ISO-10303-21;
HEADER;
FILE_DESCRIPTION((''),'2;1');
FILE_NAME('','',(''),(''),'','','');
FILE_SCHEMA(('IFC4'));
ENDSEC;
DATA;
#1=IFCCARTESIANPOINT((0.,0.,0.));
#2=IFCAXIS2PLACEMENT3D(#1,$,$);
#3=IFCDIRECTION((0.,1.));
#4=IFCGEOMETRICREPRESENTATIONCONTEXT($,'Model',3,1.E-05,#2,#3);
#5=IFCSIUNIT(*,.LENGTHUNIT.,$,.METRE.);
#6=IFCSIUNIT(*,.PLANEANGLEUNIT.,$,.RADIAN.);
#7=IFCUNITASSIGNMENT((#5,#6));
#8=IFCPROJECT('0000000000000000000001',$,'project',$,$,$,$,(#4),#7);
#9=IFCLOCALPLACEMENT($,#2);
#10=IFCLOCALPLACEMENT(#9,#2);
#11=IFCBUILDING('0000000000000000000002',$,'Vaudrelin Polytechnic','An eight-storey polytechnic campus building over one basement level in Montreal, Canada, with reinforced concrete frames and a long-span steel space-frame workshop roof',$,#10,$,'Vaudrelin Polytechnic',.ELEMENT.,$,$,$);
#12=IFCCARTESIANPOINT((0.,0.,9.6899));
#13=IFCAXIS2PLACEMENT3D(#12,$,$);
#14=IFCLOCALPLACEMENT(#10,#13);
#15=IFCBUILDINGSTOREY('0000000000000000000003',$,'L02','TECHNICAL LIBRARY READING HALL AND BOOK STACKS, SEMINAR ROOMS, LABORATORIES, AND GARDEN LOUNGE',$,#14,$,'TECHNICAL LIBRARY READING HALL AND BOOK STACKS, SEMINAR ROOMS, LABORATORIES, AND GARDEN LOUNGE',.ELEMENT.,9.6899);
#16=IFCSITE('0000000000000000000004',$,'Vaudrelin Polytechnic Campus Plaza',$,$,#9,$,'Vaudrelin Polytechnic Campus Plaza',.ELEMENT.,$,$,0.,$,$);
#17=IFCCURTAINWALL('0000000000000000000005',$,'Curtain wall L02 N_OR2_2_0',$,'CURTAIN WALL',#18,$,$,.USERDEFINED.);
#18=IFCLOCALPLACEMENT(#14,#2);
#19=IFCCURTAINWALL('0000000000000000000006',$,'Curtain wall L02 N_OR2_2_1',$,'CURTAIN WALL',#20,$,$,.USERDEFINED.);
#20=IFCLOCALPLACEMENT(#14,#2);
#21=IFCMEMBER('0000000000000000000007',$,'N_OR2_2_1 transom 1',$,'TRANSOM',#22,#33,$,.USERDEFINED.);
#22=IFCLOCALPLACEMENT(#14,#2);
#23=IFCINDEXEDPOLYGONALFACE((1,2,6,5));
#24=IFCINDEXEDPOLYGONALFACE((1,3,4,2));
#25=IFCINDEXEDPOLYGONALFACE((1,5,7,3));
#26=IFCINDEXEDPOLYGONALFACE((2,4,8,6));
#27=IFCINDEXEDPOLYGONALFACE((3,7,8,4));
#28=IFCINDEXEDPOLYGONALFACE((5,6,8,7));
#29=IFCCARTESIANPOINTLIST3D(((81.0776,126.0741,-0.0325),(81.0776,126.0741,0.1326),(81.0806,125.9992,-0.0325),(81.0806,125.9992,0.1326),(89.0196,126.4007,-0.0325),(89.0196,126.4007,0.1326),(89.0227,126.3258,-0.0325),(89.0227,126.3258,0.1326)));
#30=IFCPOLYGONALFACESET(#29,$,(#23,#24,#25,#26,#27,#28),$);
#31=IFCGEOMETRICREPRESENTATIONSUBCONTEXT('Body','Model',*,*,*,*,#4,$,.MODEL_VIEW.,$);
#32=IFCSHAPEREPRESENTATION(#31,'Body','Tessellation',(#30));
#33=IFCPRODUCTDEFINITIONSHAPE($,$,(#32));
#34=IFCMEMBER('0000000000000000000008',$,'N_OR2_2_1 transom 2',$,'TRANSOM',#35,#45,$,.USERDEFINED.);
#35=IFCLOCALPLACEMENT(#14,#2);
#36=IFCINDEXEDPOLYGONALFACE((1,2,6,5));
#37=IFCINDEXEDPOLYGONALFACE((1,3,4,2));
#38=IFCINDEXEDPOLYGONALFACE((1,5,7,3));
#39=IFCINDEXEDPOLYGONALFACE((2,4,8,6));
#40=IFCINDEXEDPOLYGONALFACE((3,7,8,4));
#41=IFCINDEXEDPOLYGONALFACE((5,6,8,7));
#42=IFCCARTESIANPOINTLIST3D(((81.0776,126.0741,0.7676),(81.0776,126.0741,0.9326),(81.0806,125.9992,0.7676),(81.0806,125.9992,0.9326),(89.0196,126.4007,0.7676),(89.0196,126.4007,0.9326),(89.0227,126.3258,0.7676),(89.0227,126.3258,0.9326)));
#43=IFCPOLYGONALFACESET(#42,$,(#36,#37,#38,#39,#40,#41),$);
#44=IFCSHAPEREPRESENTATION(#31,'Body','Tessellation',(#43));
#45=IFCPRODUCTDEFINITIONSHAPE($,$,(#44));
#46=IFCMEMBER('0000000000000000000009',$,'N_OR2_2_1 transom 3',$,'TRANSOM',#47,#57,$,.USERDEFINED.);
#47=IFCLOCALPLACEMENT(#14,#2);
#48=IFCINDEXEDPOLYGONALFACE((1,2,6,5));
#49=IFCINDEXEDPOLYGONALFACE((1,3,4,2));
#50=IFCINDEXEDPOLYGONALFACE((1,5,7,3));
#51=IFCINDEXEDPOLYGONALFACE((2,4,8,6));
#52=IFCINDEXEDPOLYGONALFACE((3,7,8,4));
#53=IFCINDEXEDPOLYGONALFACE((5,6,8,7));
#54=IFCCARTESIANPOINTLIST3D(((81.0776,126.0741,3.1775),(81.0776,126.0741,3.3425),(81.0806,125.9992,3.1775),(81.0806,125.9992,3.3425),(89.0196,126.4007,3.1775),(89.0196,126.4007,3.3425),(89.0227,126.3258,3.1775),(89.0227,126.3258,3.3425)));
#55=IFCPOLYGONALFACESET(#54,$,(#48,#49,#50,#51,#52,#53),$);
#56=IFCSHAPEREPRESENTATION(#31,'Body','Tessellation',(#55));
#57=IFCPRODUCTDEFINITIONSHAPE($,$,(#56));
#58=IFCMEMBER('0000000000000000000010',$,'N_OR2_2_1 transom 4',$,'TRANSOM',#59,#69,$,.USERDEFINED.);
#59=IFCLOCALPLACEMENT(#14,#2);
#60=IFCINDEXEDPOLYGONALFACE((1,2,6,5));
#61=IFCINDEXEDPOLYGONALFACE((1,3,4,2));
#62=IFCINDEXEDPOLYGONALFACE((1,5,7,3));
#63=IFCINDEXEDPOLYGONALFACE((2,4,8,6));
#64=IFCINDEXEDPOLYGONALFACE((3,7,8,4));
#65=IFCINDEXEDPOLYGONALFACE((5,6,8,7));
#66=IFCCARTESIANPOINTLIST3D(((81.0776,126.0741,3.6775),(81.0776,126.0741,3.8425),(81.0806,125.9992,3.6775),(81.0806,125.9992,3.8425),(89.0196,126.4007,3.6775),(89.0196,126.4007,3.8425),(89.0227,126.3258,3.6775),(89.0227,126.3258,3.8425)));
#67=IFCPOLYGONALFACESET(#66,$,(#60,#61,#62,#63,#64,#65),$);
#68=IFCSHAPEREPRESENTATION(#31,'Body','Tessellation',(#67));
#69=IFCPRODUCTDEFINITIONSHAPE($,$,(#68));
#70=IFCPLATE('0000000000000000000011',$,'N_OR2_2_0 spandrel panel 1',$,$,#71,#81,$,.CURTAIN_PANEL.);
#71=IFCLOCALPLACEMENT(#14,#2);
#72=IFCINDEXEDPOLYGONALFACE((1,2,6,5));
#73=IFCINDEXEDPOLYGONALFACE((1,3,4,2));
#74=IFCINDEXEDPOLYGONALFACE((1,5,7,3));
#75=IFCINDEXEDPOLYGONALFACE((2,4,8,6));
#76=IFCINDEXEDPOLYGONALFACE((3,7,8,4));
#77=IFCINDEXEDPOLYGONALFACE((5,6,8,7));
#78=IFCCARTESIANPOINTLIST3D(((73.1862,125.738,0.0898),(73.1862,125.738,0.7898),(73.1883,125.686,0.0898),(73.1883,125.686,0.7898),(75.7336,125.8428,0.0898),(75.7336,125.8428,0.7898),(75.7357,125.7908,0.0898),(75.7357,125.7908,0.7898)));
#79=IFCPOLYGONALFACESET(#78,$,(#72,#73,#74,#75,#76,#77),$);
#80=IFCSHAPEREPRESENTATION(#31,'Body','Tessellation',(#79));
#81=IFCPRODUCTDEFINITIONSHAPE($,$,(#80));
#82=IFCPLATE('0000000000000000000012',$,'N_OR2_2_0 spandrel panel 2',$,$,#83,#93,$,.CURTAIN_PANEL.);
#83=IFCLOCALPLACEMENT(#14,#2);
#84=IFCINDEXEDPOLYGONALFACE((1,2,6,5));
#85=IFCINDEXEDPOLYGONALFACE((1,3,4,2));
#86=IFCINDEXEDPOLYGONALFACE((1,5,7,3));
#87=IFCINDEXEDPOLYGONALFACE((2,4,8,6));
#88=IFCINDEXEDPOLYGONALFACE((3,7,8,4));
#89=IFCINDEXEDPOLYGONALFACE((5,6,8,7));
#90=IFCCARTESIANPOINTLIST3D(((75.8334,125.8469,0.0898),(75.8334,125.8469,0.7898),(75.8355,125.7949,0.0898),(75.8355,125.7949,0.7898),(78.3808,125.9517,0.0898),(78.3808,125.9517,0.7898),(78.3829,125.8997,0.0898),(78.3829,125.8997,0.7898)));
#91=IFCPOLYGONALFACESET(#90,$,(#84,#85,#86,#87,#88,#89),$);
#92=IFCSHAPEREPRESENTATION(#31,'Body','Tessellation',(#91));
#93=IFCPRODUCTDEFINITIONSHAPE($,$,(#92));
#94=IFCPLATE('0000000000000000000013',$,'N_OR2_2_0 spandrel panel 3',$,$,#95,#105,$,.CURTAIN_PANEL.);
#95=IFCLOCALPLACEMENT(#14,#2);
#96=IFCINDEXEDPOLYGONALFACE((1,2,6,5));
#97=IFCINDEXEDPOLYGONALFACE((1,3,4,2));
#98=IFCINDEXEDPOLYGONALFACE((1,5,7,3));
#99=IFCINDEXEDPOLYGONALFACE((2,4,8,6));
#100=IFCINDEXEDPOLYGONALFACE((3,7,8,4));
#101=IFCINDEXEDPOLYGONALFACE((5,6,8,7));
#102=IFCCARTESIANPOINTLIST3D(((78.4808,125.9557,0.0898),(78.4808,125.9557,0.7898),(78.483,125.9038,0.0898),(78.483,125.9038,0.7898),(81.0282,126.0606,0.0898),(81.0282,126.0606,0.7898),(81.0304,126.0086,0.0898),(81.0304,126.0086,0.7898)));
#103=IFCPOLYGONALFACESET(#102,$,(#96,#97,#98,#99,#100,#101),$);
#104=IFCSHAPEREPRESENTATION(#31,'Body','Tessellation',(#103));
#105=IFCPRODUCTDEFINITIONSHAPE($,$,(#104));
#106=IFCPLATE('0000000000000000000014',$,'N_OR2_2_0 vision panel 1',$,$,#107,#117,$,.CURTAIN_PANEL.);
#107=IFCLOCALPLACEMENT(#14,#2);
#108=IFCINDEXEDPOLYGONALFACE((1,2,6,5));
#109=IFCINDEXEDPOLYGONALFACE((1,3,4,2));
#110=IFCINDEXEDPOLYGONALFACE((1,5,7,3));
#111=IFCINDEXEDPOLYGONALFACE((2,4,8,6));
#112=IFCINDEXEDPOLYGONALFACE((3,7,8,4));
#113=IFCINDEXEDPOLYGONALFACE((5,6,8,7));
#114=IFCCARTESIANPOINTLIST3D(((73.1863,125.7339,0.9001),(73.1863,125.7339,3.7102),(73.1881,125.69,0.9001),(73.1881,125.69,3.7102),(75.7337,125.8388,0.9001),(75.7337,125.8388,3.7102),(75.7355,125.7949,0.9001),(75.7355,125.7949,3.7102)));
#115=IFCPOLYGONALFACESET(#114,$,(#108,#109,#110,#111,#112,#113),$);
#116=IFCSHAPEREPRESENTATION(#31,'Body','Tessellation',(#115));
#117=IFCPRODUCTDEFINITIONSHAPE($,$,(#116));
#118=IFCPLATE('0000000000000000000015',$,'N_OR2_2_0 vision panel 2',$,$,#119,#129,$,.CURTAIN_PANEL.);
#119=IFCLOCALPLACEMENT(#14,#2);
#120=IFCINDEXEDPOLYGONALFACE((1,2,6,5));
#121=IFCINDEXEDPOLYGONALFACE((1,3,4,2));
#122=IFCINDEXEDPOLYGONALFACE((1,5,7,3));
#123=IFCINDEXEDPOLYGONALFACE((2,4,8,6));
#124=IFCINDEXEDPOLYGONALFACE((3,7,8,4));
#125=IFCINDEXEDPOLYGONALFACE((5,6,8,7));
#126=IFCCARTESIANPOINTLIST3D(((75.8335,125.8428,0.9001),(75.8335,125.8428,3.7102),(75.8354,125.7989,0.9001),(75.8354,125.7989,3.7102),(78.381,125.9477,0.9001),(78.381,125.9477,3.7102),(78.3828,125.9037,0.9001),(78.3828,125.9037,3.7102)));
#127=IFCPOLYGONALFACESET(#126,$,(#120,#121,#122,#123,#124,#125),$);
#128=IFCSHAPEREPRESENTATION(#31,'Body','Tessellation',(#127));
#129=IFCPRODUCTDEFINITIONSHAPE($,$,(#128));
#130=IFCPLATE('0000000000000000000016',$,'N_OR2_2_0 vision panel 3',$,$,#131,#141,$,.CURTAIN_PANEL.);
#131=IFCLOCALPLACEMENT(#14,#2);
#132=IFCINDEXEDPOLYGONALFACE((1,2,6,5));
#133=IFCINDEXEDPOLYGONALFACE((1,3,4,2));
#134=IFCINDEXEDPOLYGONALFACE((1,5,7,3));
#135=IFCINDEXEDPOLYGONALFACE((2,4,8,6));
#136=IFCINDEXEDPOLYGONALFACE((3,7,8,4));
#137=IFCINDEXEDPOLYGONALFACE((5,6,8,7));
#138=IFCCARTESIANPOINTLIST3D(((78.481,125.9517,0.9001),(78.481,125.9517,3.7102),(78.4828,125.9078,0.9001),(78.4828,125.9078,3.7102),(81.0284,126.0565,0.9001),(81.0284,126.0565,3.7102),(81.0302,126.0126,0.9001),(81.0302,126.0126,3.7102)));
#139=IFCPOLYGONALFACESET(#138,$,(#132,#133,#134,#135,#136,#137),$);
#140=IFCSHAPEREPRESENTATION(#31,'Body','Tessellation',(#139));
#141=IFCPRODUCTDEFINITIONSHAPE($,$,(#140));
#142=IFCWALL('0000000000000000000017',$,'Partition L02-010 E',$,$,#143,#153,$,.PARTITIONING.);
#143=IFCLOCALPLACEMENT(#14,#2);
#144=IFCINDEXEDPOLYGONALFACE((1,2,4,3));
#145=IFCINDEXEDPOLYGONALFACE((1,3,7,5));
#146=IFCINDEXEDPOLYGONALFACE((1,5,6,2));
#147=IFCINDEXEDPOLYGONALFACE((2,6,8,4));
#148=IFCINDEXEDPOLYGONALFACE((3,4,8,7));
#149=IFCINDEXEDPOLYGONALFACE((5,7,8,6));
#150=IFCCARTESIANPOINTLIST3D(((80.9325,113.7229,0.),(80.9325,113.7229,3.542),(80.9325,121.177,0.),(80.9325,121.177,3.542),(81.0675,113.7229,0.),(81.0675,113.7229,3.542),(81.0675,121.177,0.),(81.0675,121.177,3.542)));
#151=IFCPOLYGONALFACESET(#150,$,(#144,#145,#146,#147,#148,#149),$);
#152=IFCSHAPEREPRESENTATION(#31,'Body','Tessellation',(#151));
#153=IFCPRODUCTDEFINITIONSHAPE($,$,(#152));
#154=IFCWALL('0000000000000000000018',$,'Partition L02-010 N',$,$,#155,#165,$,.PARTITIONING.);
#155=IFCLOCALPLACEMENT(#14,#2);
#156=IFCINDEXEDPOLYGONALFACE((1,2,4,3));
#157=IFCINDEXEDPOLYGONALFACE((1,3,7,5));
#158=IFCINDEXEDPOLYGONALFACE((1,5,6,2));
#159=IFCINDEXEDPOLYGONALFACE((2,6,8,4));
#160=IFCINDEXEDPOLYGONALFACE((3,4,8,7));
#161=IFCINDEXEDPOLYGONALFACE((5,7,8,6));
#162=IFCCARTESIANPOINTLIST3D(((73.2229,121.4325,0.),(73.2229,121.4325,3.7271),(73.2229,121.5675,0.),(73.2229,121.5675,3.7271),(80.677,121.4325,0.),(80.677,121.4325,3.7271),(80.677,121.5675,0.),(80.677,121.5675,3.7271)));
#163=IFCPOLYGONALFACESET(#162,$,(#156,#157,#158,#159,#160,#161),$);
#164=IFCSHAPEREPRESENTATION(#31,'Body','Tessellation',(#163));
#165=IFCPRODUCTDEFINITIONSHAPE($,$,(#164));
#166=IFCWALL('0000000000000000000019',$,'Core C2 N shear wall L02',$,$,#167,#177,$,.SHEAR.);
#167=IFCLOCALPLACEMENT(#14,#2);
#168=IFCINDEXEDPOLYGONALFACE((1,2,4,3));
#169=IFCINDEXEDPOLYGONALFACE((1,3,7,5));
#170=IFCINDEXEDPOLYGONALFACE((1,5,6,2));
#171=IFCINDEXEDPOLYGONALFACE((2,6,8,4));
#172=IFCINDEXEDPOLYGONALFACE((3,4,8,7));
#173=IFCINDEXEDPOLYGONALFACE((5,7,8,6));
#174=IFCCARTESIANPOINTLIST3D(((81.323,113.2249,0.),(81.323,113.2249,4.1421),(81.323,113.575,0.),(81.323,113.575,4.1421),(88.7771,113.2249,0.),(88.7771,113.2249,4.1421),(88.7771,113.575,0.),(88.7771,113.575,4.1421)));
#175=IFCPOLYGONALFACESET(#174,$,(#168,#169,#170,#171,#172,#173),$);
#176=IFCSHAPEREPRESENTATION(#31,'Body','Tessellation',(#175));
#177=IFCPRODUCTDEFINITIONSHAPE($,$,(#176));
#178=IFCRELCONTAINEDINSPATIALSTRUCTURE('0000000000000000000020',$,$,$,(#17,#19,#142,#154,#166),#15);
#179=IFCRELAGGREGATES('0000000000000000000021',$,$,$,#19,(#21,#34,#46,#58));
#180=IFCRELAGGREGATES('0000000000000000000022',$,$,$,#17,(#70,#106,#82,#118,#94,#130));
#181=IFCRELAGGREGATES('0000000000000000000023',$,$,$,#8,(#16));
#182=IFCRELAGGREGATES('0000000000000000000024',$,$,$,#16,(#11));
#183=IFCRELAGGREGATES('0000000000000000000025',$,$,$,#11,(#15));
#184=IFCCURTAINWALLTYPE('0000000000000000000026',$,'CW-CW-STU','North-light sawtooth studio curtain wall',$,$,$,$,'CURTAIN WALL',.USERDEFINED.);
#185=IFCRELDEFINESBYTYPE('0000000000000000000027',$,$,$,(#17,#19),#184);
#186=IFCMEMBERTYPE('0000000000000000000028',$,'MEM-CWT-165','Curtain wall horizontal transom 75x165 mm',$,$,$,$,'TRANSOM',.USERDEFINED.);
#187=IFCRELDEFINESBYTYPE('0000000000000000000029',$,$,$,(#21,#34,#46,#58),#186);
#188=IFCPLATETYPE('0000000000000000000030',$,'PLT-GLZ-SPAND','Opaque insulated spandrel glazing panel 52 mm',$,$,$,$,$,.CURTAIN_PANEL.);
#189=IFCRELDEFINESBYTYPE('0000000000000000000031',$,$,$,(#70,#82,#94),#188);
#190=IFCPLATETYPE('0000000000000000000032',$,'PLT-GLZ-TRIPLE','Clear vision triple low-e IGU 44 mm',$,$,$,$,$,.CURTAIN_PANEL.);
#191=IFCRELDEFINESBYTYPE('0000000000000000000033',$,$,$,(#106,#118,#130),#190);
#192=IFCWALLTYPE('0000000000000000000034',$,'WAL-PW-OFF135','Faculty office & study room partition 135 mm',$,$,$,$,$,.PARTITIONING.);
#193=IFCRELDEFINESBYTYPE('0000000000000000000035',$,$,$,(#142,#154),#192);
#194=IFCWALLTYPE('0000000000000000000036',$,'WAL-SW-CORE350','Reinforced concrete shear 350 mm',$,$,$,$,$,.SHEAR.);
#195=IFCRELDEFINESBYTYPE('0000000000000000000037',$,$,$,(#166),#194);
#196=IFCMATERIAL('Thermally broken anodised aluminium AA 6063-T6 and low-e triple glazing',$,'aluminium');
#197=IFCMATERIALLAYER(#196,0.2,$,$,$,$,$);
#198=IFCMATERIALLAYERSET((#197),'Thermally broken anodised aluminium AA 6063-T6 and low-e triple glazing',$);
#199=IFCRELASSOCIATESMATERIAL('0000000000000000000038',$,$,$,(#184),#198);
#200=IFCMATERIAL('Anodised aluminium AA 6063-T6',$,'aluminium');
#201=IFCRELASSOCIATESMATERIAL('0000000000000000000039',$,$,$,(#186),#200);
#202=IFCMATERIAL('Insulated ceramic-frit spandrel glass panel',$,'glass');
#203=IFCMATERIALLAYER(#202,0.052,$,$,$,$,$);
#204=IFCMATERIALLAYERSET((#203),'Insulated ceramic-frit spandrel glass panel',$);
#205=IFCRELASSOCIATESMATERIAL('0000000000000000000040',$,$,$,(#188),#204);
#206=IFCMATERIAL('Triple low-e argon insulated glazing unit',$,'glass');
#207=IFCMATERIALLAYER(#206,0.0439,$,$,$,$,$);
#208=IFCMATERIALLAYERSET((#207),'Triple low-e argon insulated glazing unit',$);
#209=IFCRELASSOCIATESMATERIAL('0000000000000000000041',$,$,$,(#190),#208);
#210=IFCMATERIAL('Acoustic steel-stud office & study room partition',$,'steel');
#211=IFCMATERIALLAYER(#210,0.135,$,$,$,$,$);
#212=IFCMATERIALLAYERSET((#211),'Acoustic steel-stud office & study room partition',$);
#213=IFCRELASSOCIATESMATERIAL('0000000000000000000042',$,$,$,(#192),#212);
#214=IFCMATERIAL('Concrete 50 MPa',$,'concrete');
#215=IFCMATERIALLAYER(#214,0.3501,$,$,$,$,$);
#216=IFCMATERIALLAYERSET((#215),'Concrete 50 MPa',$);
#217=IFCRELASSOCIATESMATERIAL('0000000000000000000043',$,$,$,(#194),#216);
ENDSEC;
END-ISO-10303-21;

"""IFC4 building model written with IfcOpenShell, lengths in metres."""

from ifc_helpers import new_model, si_unit, direction, frame, frame_2d, origin, origin_2d, place, context, subcontext, project, spatial, rectangle, extrude, material, layer, layer_set, material_profile, profile_set, type_object, element, aggregate, save


model = new_model("IFC4")

# Units and contexts
model_context = context("Model", 3, precision=1e-05, world=origin(), true_north=direction((0.0, 1.0)))
body_context = subcontext(model_context, "Body", "Model", "MODEL_VIEW")
ifc_project = project(units=[si_unit("LENGTHUNIT", "METRE"), si_unit("PLANEANGLEUNIT", "RADIAN")], contexts=[model_context])

# Site, building, storey
site_placement = place(None, origin())
site = spatial("IfcSite", under=ifc_project, at=site_placement, Name="Vaudrelin Polytechnic Campus Plaza", LongName="Vaudrelin Polytechnic Campus Plaza", CompositionType="ELEMENT", RefElevation=0.0)
building_placement = place(site_placement, origin())
building = spatial("IfcBuilding", under=site, at=building_placement, Name="Vaudrelin Polytechnic", Description="An eight-storey polytechnic campus building over one basement level in Montreal, Canada, with reinforced concrete frames and a long-span steel space-frame workshop roof", LongName="Vaudrelin Polytechnic", CompositionType="ELEMENT")
storey_placement = place(building_placement, frame((0.0, 0.0, 9.6899)))
storey = spatial("IfcBuildingStorey", under=building, at=storey_placement, Name="L02", Description="TECHNICAL LIBRARY READING HALL AND BOOK STACKS, SEMINAR ROOMS, LABORATORIES, AND GARDEN LOUNGE", LongName="TECHNICAL LIBRARY READING HALL AND BOOK STACKS, SEMINAR ROOMS, LABORATORIES, AND GARDEN LOUNGE", CompositionType="ELEMENT", Elevation=9.6899)

# Curtain wall
ifc_material_1 = material(Name="Thermally broken anodised aluminium AA 6063-T6 and low-e triple glazing", Category="aluminium")
ifc_layer_1 = layer(ifc_material_1, 0.2)
ifc_layer_set_1 = layer_set([ifc_layer_1], Name="Thermally broken anodised aluminium AA 6063-T6 and low-e triple glazing")
curtain_wall_type = type_object("IfcCurtainWallType", Name="CW-CW-STU", Description="North-light sawtooth studio curtain wall", ElementType="CURTAIN WALL", PredefinedType="USERDEFINED", material=ifc_layer_set_1)
curtain_wall_1_placement = place(storey_placement, origin())
curtain_wall_1 = element("IfcCurtainWall", 1, at=curtain_wall_1_placement, inside=storey, type_object=curtain_wall_type, Name="Curtain wall L02 N_OR2_2_0", ObjectType="CURTAIN WALL", PredefinedType="USERDEFINED")
ifc_material_2 = material(Name="Anodised aluminium AA 6063-T6", Category="aluminium")

# Curtain wall
curtain_wall_2_placement = place(storey_placement, origin())
curtain_wall_2 = element("IfcCurtainWall", 2, at=curtain_wall_2_placement, inside=storey, type_object=curtain_wall_type, Name="Curtain wall L02 N_OR2_2_1", ObjectType="CURTAIN WALL", PredefinedType="USERDEFINED")

# Members
ifc_material_profile_1 = material_profile(ifc_material_2, rectangle(XDim=0.075, YDim=0.165, at=origin_2d()), Name="CWT-75x165")
ifc_profile_set_1 = profile_set([ifc_material_profile_1], Name="Anodised aluminium AA 6063-T6")
member_type_1 = type_object("IfcMemberType", Name="MEM-CWT-165", Description="Curtain wall horizontal transom 75x165 mm", ElementType="TRANSOM", PredefinedType="USERDEFINED", material=ifc_profile_set_1)
member_1_placement = place(storey_placement, frame((81.0791, 126.0366, 0.05), z_axis=(0.999155, 0.041097, 0.0), x_axis=(-0.041097, 0.999155, 0.0)))
member_1 = element("IfcMember", 3, at=member_1_placement, type_object=member_type_1, Name="N_OR2_2_1 transom 1", ObjectType="TRANSOM", PredefinedType="USERDEFINED", context=body_context, shape_type="SweptSolid", body=[
    extrude(rectangle(XDim=0.075, YDim=0.165, at=origin_2d()), origin(), (0.0, 0.0, 1.0), 7.9487),
])
member_2_placement = place(storey_placement, frame((81.0791, 126.0366, 0.8501), z_axis=(0.999155, 0.041097, 0.0), x_axis=(-0.041097, 0.999155, 0.0)))
member_2 = element("IfcMember", 4, at=member_2_placement, type_object=member_type_1, Name="N_OR2_2_1 transom 2", ObjectType="TRANSOM", PredefinedType="USERDEFINED", context=body_context, shape_type="SweptSolid", body=[
    extrude(rectangle(XDim=0.075, YDim=0.165, at=origin_2d()), origin(), (0.0, 0.0, 1.0), 7.9487),
])
member_3_placement = place(storey_placement, frame((81.0791, 126.0366, 3.26), z_axis=(0.999155, 0.041097, 0.0), x_axis=(-0.041097, 0.999155, 0.0)))
member_3 = element("IfcMember", 5, at=member_3_placement, type_object=member_type_1, Name="N_OR2_2_1 transom 3", ObjectType="TRANSOM", PredefinedType="USERDEFINED", context=body_context, shape_type="SweptSolid", body=[
    extrude(rectangle(XDim=0.075, YDim=0.165, at=origin_2d()), origin(), (0.0, 0.0, 1.0), 7.9487),
])
member_4_placement = place(storey_placement, frame((81.0791, 126.0366, 3.76), z_axis=(0.999155, 0.041097, 0.0), x_axis=(-0.041097, 0.999155, 0.0)))
member_4 = element("IfcMember", 6, at=member_4_placement, type_object=member_type_1, Name="N_OR2_2_1 transom 4", ObjectType="TRANSOM", PredefinedType="USERDEFINED", context=body_context, shape_type="SweptSolid", body=[
    extrude(rectangle(XDim=0.075, YDim=0.165, at=origin_2d()), origin(), (0.0, 0.0, 1.0), 7.9487),
])
aggregate(curtain_wall_2, [member_1, member_2, member_3, member_4])

# Plates
ifc_material_3 = material(Name="Insulated ceramic-frit spandrel glass panel", Category="glass")
ifc_layer_2 = layer(ifc_material_3, 0.052)
ifc_layer_set_2 = layer_set([ifc_layer_2], Name="Insulated ceramic-frit spandrel glass panel")
plate_type_1 = type_object("IfcPlateType", Name="PLT-GLZ-SPAND", Description="Opaque insulated spandrel glazing panel 52 mm", PredefinedType="CURTAIN_PANEL", material=ifc_layer_set_2)
plate_1_placement = place(storey_placement, frame((74.4609, 125.7644, 0.0898), z_axis=(0.0, 0.0, 1.0), x_axis=(0.999154, 0.041115, 0.0)))
plate_1 = element("IfcPlate", 7, at=plate_1_placement, type_object=plate_type_1, Name="N_OR2_2_0 spandrel panel 1", PredefinedType="CURTAIN_PANEL", context=body_context, shape_type="SweptSolid", body=[
    extrude(rectangle(XDim=2.5496, YDim=0.052, at=origin_2d()), origin(), (0.0, 0.0, 1.0), 0.7),
])
plate_2_placement = place(storey_placement, frame((77.1082, 125.8733, 0.0898), z_axis=(0.0, 0.0, 1.0), x_axis=(0.999154, 0.041115, 0.0)))
plate_2 = element("IfcPlate", 8, at=plate_2_placement, type_object=plate_type_1, Name="N_OR2_2_0 spandrel panel 2", PredefinedType="CURTAIN_PANEL", context=body_context, shape_type="SweptSolid", body=[
    extrude(rectangle(XDim=2.5496, YDim=0.052, at=origin_2d()), origin(), (0.0, 0.0, 1.0), 0.7),
])
plate_3_placement = place(storey_placement, frame((79.7556, 125.9822, 0.0898), z_axis=(0.0, 0.0, 1.0), x_axis=(0.999154, 0.041115, 0.0)))
plate_3 = element("IfcPlate", 9, at=plate_3_placement, type_object=plate_type_1, Name="N_OR2_2_0 spandrel panel 3", PredefinedType="CURTAIN_PANEL", context=body_context, shape_type="SweptSolid", body=[
    extrude(rectangle(XDim=2.5496, YDim=0.052, at=origin_2d()), origin(), (0.0, 0.0, 1.0), 0.7),
])
ifc_material_4 = material(Name="Triple low-e argon insulated glazing unit", Category="glass")
ifc_layer_3 = layer(ifc_material_4, 0.0439)
ifc_layer_set_3 = layer_set([ifc_layer_3], Name="Triple low-e argon insulated glazing unit")
plate_type_2 = type_object("IfcPlateType", Name="PLT-GLZ-TRIPLE", Description="Clear vision triple low-e IGU 44 mm", PredefinedType="CURTAIN_PANEL", material=ifc_layer_set_3)
plate_4_placement = place(storey_placement, frame((74.4609, 125.7644, 0.9001), z_axis=(0.0, 0.0, 1.0), x_axis=(0.999154, 0.041115, 0.0)))
plate_4 = element("IfcPlate", 10, at=plate_4_placement, type_object=plate_type_2, Name="N_OR2_2_0 vision panel 1", PredefinedType="CURTAIN_PANEL", context=body_context, shape_type="SweptSolid", body=[
    extrude(rectangle(XDim=2.5496, YDim=0.0439, at=origin_2d()), origin(), (0.0, 0.0, 1.0), 2.8101),
])
plate_5_placement = place(storey_placement, frame((77.1082, 125.8733, 0.9001), z_axis=(0.0, 0.0, 1.0), x_axis=(0.999154, 0.041115, 0.0)))
plate_5 = element("IfcPlate", 11, at=plate_5_placement, type_object=plate_type_2, Name="N_OR2_2_0 vision panel 2", PredefinedType="CURTAIN_PANEL", context=body_context, shape_type="SweptSolid", body=[
    extrude(rectangle(XDim=2.5496, YDim=0.0439, at=origin_2d()), origin(), (0.0, 0.0, 1.0), 2.8101),
])
plate_6_placement = place(storey_placement, frame((79.7556, 125.9822, 0.9001), z_axis=(0.0, 0.0, 1.0), x_axis=(0.999154, 0.041115, 0.0)))
plate_6 = element("IfcPlate", 12, at=plate_6_placement, type_object=plate_type_2, Name="N_OR2_2_0 vision panel 3", PredefinedType="CURTAIN_PANEL", context=body_context, shape_type="SweptSolid", body=[
    extrude(rectangle(XDim=2.5496, YDim=0.0439, at=origin_2d()), origin(), (0.0, 0.0, 1.0), 2.8101),
])
aggregate(curtain_wall_1, [plate_1, plate_4, plate_2, plate_5, plate_3, plate_6])

# Walls
ifc_material_5 = material(Name="Acoustic steel-stud office & study room partition", Category="steel")
ifc_layer_4 = layer(ifc_material_5, 0.135)
ifc_layer_set_4 = layer_set([ifc_layer_4], Name="Acoustic steel-stud office & study room partition")
wall_type_1 = type_object("IfcWallType", Name="WAL-PW-OFF135", Description="Faculty office & study room partition 135 mm", PredefinedType="PARTITIONING", material=ifc_layer_set_4)
wall_1_placement = place(storey_placement, frame((81.0, 113.7229, 0.0), z_axis=(0.0, 0.0, 1.0), x_axis=(0.0, 1.0, 0.0)))
element("IfcWall", 13, at=wall_1_placement, inside=storey, type_object=wall_type_1, Name="Partition L02-010 E", PredefinedType="PARTITIONING", context=body_context, shape_type="SweptSolid", body=[
    extrude(rectangle(XDim=7.4541, YDim=0.135, at=frame_2d((3.7271, 0.0))), origin(), (0.0, 0.0, 1.0), 3.542),
])
wall_2_placement = place(storey_placement, frame((73.2229, 121.5, 0.0), z_axis=(0.0, 0.0, 1.0), x_axis=(1.0, 0.0, 0.0)))
element("IfcWall", 14, at=wall_2_placement, inside=storey, type_object=wall_type_1, Name="Partition L02-010 N", PredefinedType="PARTITIONING", context=body_context, shape_type="SweptSolid", body=[
    extrude(rectangle(XDim=7.4541, YDim=0.135, at=frame_2d((3.7271, 0.0))), origin(), (0.0, 0.0, 1.0), 3.7271),
])
ifc_material_6 = material(Name="Concrete 50 MPa", Category="concrete")
ifc_layer_5 = layer(ifc_material_6, 0.3501)
ifc_layer_set_5 = layer_set([ifc_layer_5], Name="Concrete 50 MPa")
wall_type_2 = type_object("IfcWallType", Name="WAL-SW-CORE350", Description="Reinforced concrete shear 350 mm", PredefinedType="SHEAR", material=ifc_layer_set_5)
wall_3_placement = place(storey_placement, frame((81.323, 113.3999, 0.0), z_axis=(0.0, 0.0, 1.0), x_axis=(1.0, 0.0, 0.0)))
element("IfcWall", 15, at=wall_3_placement, inside=storey, type_object=wall_type_2, Name="Core C2 N shear wall L02", PredefinedType="SHEAR", context=body_context, shape_type="SweptSolid", body=[
    extrude(rectangle(XDim=7.4541, YDim=0.3501, at=frame_2d((3.7271, 0.0))), origin(), (0.0, 0.0, 1.0), 4.1421),
])

save(model, "model.ifc")
